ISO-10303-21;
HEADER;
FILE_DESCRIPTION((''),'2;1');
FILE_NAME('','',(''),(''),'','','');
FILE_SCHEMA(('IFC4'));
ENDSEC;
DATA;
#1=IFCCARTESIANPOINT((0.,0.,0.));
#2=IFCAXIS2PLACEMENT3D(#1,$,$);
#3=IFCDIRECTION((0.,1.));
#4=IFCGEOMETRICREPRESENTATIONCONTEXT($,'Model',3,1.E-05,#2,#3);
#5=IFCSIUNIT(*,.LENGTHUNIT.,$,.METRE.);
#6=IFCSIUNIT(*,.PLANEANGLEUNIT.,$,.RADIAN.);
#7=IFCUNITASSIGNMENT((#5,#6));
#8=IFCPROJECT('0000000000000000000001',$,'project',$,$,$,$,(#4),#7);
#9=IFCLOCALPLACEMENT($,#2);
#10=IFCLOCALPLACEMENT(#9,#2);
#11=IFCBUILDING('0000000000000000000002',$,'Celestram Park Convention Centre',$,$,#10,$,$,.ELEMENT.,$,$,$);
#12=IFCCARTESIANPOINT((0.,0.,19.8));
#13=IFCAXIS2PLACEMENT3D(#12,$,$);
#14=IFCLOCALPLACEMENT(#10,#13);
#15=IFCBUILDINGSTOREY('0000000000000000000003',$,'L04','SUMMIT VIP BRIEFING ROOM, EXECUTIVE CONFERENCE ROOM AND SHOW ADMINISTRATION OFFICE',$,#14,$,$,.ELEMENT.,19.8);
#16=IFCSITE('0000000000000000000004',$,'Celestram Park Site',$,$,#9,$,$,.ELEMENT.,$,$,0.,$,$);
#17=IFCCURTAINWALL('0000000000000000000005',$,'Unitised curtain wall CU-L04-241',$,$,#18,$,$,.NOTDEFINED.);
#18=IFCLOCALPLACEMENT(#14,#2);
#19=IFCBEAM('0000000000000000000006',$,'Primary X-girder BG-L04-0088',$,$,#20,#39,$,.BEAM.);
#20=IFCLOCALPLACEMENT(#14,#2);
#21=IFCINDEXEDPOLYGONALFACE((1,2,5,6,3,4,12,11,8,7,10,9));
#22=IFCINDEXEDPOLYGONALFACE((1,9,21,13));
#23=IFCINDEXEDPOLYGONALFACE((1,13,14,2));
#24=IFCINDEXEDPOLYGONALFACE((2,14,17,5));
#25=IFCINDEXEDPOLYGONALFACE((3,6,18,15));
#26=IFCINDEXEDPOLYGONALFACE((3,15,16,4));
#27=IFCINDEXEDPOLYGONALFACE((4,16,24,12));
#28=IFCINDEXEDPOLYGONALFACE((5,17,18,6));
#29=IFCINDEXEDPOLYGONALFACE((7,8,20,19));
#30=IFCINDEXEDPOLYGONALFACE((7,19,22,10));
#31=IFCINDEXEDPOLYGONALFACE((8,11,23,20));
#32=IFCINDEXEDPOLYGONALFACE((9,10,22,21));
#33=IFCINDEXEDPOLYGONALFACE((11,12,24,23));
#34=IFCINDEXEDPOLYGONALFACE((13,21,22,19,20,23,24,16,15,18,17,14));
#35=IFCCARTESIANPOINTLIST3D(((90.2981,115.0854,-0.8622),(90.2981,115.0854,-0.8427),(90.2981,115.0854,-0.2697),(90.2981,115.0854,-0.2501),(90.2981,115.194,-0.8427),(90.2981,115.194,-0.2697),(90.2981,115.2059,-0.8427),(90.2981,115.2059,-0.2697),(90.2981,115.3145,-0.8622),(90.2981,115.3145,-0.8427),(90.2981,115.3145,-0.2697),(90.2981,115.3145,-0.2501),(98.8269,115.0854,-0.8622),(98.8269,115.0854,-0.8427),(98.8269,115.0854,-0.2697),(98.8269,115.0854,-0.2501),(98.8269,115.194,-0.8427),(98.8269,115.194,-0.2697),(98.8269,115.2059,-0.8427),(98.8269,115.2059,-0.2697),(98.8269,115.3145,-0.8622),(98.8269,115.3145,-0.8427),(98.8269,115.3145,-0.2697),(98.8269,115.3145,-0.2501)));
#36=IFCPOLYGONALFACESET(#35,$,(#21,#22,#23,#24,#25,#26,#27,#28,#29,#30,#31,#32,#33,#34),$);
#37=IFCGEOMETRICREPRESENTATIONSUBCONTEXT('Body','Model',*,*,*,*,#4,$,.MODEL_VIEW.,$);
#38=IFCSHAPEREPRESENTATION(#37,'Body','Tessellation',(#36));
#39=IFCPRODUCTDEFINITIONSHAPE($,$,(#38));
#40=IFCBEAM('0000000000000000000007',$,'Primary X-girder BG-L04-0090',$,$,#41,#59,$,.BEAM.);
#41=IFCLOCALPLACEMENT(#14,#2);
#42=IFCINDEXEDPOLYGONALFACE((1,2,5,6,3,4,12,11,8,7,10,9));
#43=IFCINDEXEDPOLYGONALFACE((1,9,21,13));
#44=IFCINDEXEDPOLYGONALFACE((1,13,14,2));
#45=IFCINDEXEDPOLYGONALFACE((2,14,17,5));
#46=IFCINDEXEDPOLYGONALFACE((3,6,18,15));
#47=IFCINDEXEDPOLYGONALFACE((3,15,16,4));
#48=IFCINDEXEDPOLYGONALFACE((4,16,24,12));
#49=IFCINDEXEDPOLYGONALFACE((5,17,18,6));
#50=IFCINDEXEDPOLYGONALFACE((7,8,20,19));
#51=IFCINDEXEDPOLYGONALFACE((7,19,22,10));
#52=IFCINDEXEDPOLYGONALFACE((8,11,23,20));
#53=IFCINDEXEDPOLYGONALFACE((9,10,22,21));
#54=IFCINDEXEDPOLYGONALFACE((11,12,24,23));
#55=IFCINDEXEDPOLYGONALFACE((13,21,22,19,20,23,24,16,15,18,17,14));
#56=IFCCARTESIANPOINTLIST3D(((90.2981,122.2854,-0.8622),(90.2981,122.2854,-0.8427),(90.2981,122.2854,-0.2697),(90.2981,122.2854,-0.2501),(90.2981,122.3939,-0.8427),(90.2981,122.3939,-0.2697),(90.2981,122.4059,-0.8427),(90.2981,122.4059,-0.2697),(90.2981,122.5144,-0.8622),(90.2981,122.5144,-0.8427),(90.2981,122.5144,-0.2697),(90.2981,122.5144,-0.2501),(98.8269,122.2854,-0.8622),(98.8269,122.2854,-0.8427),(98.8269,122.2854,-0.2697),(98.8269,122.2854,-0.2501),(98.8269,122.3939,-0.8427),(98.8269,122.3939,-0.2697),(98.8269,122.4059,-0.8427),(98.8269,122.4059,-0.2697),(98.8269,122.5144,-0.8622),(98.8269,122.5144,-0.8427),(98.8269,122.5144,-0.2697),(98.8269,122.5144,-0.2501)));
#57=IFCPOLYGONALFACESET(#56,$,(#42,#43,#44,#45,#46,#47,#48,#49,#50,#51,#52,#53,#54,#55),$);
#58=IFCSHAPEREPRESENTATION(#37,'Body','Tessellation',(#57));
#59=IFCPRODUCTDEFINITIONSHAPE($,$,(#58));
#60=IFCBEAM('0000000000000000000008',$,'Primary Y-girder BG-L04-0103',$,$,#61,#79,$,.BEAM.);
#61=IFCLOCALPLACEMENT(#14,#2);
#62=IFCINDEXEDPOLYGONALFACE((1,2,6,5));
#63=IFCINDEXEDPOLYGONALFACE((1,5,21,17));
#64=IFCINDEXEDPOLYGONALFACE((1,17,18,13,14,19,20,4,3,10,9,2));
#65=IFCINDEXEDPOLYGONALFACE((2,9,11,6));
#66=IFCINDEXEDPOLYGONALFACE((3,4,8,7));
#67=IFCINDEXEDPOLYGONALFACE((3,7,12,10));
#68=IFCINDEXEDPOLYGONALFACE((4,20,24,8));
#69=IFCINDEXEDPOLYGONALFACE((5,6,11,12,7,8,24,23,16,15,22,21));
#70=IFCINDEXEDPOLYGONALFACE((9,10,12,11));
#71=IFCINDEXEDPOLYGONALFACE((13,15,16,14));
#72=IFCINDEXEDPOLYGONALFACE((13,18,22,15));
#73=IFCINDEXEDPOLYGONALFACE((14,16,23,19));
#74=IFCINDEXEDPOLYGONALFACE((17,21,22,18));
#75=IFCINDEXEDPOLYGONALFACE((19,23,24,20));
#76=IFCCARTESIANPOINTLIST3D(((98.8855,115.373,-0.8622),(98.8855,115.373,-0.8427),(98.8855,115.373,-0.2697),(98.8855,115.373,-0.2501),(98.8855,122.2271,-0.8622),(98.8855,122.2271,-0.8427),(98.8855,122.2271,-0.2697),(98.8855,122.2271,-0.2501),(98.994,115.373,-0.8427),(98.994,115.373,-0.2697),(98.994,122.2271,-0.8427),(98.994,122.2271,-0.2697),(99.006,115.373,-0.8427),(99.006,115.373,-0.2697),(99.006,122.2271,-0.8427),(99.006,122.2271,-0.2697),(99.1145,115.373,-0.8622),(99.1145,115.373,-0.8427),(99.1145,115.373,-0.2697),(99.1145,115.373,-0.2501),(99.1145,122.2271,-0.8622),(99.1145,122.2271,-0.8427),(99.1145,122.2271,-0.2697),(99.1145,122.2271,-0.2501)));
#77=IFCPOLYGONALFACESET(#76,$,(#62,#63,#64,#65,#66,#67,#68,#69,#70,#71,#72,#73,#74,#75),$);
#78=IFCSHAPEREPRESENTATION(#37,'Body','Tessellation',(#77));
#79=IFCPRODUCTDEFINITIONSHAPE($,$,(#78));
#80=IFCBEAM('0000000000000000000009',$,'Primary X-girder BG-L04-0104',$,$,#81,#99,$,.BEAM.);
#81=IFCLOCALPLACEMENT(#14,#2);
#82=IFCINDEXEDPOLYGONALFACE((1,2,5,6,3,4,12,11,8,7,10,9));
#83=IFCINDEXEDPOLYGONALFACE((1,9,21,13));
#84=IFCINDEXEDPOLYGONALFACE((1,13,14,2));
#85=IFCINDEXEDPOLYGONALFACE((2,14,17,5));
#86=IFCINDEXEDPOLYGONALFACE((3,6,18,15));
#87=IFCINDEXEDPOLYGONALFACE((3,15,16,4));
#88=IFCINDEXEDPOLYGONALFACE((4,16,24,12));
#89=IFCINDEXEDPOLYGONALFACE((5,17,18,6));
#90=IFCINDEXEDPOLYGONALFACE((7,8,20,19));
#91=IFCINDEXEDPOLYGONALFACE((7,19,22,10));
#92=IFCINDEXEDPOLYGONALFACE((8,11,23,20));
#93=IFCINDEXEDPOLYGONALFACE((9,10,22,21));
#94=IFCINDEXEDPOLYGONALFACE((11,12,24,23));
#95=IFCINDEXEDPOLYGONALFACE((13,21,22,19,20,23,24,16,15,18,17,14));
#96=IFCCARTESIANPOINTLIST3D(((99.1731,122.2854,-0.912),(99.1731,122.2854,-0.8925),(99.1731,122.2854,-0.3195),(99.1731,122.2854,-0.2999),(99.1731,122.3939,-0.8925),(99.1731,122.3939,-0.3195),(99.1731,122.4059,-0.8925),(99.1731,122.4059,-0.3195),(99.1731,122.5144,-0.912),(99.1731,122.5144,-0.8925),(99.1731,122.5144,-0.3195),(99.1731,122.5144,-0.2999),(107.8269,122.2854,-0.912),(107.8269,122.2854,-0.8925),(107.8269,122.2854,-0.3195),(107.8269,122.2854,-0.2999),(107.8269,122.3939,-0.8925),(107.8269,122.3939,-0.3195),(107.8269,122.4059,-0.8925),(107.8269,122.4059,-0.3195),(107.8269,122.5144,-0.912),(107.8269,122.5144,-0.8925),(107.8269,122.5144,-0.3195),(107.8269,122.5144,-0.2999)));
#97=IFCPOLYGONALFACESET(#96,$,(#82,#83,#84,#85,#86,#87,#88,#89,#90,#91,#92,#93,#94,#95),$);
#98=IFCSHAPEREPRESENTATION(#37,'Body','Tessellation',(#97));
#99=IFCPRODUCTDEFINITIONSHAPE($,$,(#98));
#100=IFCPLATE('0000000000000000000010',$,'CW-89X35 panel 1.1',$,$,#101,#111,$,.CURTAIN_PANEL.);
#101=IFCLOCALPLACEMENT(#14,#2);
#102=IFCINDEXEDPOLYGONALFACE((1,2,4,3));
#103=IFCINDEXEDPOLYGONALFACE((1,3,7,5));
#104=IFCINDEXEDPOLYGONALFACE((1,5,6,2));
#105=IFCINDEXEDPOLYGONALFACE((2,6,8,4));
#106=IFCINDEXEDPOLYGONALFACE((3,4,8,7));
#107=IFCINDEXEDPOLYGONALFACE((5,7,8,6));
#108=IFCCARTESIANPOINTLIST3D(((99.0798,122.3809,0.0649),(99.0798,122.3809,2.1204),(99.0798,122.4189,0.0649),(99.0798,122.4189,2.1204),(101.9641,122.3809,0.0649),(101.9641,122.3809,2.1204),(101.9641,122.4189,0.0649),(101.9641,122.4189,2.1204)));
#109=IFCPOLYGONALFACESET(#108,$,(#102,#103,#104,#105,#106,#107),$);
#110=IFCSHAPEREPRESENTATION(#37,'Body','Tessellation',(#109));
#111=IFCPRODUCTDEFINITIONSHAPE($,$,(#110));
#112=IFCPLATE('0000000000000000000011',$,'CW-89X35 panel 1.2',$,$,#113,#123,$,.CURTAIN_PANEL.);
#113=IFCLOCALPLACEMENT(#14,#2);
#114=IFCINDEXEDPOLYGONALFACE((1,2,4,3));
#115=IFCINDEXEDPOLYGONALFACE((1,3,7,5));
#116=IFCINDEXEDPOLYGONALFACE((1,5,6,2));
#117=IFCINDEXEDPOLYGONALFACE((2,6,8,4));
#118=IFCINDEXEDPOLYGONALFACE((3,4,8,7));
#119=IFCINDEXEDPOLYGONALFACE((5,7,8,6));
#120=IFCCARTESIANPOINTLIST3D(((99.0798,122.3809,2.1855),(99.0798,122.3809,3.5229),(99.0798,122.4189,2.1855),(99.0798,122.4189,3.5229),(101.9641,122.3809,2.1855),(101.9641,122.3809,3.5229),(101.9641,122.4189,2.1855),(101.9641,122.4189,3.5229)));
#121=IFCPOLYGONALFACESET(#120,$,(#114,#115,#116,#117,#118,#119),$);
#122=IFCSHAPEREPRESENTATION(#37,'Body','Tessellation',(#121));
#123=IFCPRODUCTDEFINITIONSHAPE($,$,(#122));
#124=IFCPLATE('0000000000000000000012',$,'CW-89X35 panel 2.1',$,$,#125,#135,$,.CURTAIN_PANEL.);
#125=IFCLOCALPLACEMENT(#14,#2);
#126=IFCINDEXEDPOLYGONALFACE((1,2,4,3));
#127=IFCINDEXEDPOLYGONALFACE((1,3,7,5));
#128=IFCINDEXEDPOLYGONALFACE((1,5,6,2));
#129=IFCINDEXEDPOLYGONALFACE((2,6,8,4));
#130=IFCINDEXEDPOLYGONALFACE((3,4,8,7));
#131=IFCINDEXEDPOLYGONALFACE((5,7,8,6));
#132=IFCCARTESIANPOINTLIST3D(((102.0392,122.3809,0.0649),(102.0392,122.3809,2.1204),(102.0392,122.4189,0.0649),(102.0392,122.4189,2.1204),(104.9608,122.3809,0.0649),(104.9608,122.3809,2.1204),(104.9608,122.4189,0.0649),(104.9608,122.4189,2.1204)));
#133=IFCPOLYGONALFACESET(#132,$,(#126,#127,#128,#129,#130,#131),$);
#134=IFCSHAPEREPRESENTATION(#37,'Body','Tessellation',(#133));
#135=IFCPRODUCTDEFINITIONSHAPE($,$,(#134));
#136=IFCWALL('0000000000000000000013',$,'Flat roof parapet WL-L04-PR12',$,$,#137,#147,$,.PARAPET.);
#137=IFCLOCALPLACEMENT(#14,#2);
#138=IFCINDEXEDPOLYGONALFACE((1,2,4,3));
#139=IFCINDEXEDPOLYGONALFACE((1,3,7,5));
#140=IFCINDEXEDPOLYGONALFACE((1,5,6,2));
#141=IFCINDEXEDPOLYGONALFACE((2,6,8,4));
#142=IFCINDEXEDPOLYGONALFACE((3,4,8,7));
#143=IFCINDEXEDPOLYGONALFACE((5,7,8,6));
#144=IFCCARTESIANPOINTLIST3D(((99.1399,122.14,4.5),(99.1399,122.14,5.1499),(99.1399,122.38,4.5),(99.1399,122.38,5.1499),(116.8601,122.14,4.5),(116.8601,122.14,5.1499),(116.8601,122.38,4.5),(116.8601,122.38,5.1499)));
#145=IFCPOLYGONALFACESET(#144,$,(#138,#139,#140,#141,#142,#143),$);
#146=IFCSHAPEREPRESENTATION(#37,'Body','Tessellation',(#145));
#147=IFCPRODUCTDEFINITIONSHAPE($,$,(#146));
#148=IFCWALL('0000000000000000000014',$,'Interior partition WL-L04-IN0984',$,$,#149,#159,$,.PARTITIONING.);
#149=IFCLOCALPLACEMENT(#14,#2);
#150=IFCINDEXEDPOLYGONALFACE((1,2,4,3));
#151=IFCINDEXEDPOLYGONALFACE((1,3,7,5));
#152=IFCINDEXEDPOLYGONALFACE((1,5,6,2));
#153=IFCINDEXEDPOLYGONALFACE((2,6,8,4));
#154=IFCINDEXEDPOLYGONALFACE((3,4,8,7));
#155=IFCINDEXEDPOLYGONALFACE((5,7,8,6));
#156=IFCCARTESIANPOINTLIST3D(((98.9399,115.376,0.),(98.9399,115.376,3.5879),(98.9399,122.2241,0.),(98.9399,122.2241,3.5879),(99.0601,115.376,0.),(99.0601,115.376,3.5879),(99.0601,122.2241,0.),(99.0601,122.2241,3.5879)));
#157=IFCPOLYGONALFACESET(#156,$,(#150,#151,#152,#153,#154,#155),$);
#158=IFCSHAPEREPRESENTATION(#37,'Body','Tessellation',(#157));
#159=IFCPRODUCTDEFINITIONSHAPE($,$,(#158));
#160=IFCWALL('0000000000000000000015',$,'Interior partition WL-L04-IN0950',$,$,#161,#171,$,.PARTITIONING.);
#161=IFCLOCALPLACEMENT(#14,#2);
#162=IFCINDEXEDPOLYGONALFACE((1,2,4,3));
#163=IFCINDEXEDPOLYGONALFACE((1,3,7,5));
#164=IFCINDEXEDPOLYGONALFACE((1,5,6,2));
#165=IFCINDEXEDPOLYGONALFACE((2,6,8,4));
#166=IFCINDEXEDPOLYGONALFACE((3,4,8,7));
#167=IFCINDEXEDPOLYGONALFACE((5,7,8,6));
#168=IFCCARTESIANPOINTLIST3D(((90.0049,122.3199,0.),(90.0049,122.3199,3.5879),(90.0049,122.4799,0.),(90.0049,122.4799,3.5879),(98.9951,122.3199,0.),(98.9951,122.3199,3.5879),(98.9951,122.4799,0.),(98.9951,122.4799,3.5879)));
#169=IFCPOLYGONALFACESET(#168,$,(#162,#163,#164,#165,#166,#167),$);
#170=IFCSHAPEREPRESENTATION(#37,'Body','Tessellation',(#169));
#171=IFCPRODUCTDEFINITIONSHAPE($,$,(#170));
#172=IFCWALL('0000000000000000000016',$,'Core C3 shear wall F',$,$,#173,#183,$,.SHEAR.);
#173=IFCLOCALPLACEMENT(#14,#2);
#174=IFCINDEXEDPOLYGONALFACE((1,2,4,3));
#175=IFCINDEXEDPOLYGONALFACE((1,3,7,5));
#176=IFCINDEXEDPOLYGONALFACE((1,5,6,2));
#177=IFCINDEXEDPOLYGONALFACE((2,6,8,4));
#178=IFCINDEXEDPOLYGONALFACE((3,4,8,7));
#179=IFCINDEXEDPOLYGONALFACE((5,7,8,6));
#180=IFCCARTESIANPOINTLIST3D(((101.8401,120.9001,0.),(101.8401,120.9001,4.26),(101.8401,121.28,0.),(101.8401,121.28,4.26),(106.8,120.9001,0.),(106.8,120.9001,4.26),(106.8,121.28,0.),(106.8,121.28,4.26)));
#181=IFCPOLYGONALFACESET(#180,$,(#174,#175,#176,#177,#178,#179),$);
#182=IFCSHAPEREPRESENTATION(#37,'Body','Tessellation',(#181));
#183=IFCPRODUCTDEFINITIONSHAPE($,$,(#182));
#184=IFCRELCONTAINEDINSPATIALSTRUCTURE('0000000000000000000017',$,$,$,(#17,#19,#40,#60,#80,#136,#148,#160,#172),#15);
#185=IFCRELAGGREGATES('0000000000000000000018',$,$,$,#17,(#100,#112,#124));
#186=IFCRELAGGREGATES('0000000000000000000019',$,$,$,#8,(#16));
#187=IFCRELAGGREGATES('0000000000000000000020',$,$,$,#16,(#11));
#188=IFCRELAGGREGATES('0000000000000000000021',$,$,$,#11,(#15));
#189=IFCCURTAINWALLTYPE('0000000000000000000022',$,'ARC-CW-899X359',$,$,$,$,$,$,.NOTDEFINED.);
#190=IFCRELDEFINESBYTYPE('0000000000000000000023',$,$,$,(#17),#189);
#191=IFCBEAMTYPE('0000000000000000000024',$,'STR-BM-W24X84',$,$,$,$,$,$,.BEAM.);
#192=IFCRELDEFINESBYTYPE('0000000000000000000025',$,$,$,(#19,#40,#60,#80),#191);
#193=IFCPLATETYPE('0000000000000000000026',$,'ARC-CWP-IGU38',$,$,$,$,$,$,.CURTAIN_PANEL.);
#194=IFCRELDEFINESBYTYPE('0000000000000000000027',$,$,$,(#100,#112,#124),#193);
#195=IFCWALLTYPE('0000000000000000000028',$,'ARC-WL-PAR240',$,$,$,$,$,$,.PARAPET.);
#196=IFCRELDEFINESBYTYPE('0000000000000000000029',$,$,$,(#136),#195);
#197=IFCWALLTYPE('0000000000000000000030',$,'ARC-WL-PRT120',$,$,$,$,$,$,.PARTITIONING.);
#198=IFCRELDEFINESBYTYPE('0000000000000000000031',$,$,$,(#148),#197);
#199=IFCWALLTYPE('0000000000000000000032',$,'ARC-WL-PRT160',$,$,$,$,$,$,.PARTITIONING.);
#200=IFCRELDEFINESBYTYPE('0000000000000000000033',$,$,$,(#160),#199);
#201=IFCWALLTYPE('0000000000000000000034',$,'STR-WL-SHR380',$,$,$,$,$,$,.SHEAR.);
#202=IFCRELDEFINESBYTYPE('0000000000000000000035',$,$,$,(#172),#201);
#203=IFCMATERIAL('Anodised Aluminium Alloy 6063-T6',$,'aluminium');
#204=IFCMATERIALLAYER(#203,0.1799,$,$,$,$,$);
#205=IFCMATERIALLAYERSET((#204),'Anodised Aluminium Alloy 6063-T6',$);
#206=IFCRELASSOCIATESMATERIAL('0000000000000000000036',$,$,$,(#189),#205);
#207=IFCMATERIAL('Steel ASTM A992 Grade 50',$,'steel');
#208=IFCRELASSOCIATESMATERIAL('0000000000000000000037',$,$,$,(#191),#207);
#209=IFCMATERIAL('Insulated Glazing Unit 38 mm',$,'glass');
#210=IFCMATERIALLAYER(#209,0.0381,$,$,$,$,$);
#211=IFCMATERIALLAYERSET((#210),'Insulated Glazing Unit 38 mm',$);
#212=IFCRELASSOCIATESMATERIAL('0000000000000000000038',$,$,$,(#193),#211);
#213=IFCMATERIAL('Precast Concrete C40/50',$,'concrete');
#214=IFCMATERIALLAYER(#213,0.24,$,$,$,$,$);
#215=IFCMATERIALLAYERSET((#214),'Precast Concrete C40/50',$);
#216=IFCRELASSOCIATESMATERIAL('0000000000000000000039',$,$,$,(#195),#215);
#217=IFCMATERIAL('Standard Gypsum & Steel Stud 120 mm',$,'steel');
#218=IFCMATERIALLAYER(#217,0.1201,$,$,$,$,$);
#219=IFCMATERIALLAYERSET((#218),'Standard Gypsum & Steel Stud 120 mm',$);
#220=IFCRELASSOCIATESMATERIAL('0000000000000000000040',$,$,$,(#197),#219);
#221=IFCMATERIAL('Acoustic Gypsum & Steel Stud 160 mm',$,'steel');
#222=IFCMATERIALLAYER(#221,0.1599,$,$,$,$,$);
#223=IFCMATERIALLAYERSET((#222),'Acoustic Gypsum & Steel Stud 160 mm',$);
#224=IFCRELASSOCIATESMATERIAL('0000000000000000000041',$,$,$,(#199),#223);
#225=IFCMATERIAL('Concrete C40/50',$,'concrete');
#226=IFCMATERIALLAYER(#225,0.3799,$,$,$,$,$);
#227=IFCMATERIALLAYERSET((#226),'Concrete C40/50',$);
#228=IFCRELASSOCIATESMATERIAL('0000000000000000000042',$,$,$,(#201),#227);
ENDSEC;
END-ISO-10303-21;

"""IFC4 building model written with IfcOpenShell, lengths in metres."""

from ifc_helpers import new_model, si_unit, direction, frame, frame_2d, origin, origin_2d, place, context, subcontext, project, spatial, rectangle, i_section, extrude, material, layer, layer_set, material_profile, profile_set, type_object, element, aggregate, save


model = new_model("IFC4")

# Units and contexts
model_context = context("Model", 3, precision=1e-05, world=origin(), true_north=direction((0.0, 1.0)))
body_context = subcontext(model_context, "Body", "Model", "MODEL_VIEW")
ifc_project = project(units=[si_unit("LENGTHUNIT", "METRE"), si_unit("PLANEANGLEUNIT", "RADIAN")], contexts=[model_context])

# Site, building, storey
site_placement = place(None, origin())
site = spatial("IfcSite", under=ifc_project, at=site_placement, Name="Celestram Park Site", CompositionType="ELEMENT", RefElevation=0.0)
building_placement = place(site_placement, origin())
building = spatial("IfcBuilding", under=site, at=building_placement, Name="Celestram Park Convention Centre", CompositionType="ELEMENT")
storey_placement = place(building_placement, frame((0.0, 0.0, 19.8)))
storey = spatial("IfcBuildingStorey", under=building, at=storey_placement, Name="L04", Description="SUMMIT VIP BRIEFING ROOM, EXECUTIVE CONFERENCE ROOM AND SHOW ADMINISTRATION OFFICE", CompositionType="ELEMENT", Elevation=19.8)

# Shared definitions
ifc_material_1 = material(Name="Steel ASTM A992 Grade 50", Category="steel")

# Curtain wall
ifc_material_2 = material(Name="Anodised Aluminium Alloy 6063-T6", Category="aluminium")
ifc_layer_1 = layer(ifc_material_2, 0.1799)
ifc_layer_set_1 = layer_set([ifc_layer_1], Name="Anodised Aluminium Alloy 6063-T6")
curtain_wall_type = type_object("IfcCurtainWallType", Name="ARC-CW-899X359", PredefinedType="NOTDEFINED", material=ifc_layer_set_1)
curtain_wall_placement = place(storey_placement, origin())
curtain_wall = element("IfcCurtainWall", 1, at=curtain_wall_placement, inside=storey, type_object=curtain_wall_type, Name="Unitised curtain wall CU-L04-241", PredefinedType="NOTDEFINED")

# Beams
ifc_material_profile_1 = material_profile(ifc_material_1, i_section(OverallWidth=0.229, OverallDepth=0.6121, WebThickness=0.012, FlangeThickness=0.0195, at=origin_2d()), Name="W24X84")
ifc_profile_set_1 = profile_set([ifc_material_profile_1], Name="Steel ASTM A992 Grade 50")
beam_type = type_object("IfcBeamType", Name="STR-BM-W24X84", PredefinedType="BEAM", material=ifc_profile_set_1)
for number, where, z_axis, x_axis, name in (
    (2, (90.2981, 115.2, -0.5562), (1.0, 0.0, 0.0), (0.0, 1.0, 0.0), "Primary X-girder BG-L04-0088"),
    (3, (90.2981, 122.3999, -0.5562), (1.0, 0.0, 0.0), (0.0, 1.0, 0.0), "Primary X-girder BG-L04-0090"),
):
    element("IfcBeam", number, at=place(storey_placement, frame(where, z_axis=z_axis, x_axis=x_axis)), inside=storey, type_object=beam_type, Name=name, PredefinedType="BEAM", context=body_context, shape_type="SweptSolid", body=[
        extrude(i_section(OverallWidth=0.229, OverallDepth=0.6121, WebThickness=0.012, FlangeThickness=0.0195, at=origin_2d()), origin(), (0.0, 0.0, 1.0), 8.5288),
    ])
beam_1_placement = place(storey_placement, frame((99.0, 115.373, -0.5562), z_axis=(0.0, 1.0, 0.0), x_axis=(-1.0, 0.0, 0.0)))
element("IfcBeam", 4, at=beam_1_placement, inside=storey, type_object=beam_type, Name="Primary Y-girder BG-L04-0103", PredefinedType="BEAM", context=body_context, shape_type="SweptSolid", body=[
    extrude(i_section(OverallWidth=0.229, OverallDepth=0.6121, WebThickness=0.012, FlangeThickness=0.0195, at=origin_2d()), origin(), (0.0, 0.0, 1.0), 6.854),
])
beam_2_placement = place(storey_placement, frame((99.1731, 122.3999, -0.606), z_axis=(1.0, 0.0, 0.0), x_axis=(0.0, 1.0, 0.0)))
element("IfcBeam", 5, at=beam_2_placement, inside=storey, type_object=beam_type, Name="Primary X-girder BG-L04-0104", PredefinedType="BEAM", context=body_context, shape_type="SweptSolid", body=[
    extrude(i_section(OverallWidth=0.229, OverallDepth=0.6121, WebThickness=0.012, FlangeThickness=0.0195, at=origin_2d()), origin(), (0.0, 0.0, 1.0), 8.6538),
])

# Plates
ifc_material_3 = material(Name="Insulated Glazing Unit 38 mm", Category="glass")
ifc_layer_2 = layer(ifc_material_3, 0.0381)
ifc_layer_set_2 = layer_set([ifc_layer_2], Name="Insulated Glazing Unit 38 mm")
plate_type = type_object("IfcPlateType", Name="ARC-CWP-IGU38", PredefinedType="CURTAIN_PANEL", material=ifc_layer_set_2)
plate_1_placement = place(storey_placement, frame((100.522, 122.3999, 0.0649), z_axis=(0.0, 0.0, 1.0), x_axis=(1.0, 0.0, 0.0)))
plate_1 = element("IfcPlate", 6, at=plate_1_placement, type_object=plate_type, Name="CW-89X35 panel 1.1", PredefinedType="CURTAIN_PANEL", context=body_context, shape_type="SweptSolid", body=[
    extrude(rectangle(XDim=2.8843, YDim=0.0381, at=origin_2d()), origin(), (0.0, 0.0, 1.0), 2.0554),
])
plate_2_placement = place(storey_placement, frame((100.522, 122.3999, 2.1855), z_axis=(0.0, 0.0, 1.0), x_axis=(1.0, 0.0, 0.0)))
plate_2 = element("IfcPlate", 7, at=plate_2_placement, type_object=plate_type, Name="CW-89X35 panel 1.2", PredefinedType="CURTAIN_PANEL", context=body_context, shape_type="SweptSolid", body=[
    extrude(rectangle(XDim=2.8843, YDim=0.0381, at=origin_2d()), origin(), (0.0, 0.0, 1.0), 1.3374),
])
plate_3_placement = place(storey_placement, frame((103.5, 122.3999, 0.0649), z_axis=(0.0, 0.0, 1.0), x_axis=(1.0, 0.0, 0.0)))
plate_3 = element("IfcPlate", 8, at=plate_3_placement, type_object=plate_type, Name="CW-89X35 panel 2.1", PredefinedType="CURTAIN_PANEL", context=body_context, shape_type="SweptSolid", body=[
    extrude(rectangle(XDim=2.9216, YDim=0.0381, at=origin_2d()), origin(), (0.0, 0.0, 1.0), 2.0554),
])
aggregate(curtain_wall, [plate_1, plate_2, plate_3])

# Walls
ifc_material_4 = material(Name="Precast Concrete C40/50", Category="concrete")
ifc_layer_3 = layer(ifc_material_4, 0.24)
ifc_layer_set_3 = layer_set([ifc_layer_3], Name="Precast Concrete C40/50")
wall_type_1 = type_object("IfcWallType", Name="ARC-WL-PAR240", PredefinedType="PARAPET", material=ifc_layer_set_3)
wall_1_placement = place(storey_placement, frame((99.1399, 122.26, 4.5), z_axis=(0.0, 0.0, 1.0), x_axis=(1.0, 0.0, 0.0)))
element("IfcWall", 9, at=wall_1_placement, inside=storey, type_object=wall_type_1, Name="Flat roof parapet WL-L04-PR12", PredefinedType="PARAPET", context=body_context, shape_type="SweptSolid", body=[
    extrude(rectangle(XDim=17.7202, YDim=0.24, at=frame_2d((8.8601, 0.0))), origin(), (0.0, 0.0, 1.0), 0.6499),
])
ifc_material_5 = material(Name="Standard Gypsum & Steel Stud 120 mm", Category="steel")
ifc_layer_4 = layer(ifc_material_5, 0.1201)
ifc_layer_set_4 = layer_set([ifc_layer_4], Name="Standard Gypsum & Steel Stud 120 mm")
wall_type_2 = type_object("IfcWallType", Name="ARC-WL-PRT120", PredefinedType="PARTITIONING", material=ifc_layer_set_4)
wall_2_placement = place(storey_placement, frame((99.0, 115.376, 0.0), z_axis=(0.0, 0.0, 1.0), x_axis=(0.0, 1.0, 0.0)))
element("IfcWall", 10, at=wall_2_placement, inside=storey, type_object=wall_type_2, Name="Interior partition WL-L04-IN0984", PredefinedType="PARTITIONING", context=body_context, shape_type="SweptSolid", body=[
    extrude(rectangle(XDim=6.8481, YDim=0.1201, at=frame_2d((3.4241, 0.0))), origin(), (0.0, 0.0, 1.0), 3.5879),
])
ifc_material_6 = material(Name="Acoustic Gypsum & Steel Stud 160 mm", Category="steel")
ifc_layer_5 = layer(ifc_material_6, 0.1599)
ifc_layer_set_5 = layer_set([ifc_layer_5], Name="Acoustic Gypsum & Steel Stud 160 mm")
wall_type_3 = type_object("IfcWallType", Name="ARC-WL-PRT160", PredefinedType="PARTITIONING", material=ifc_layer_set_5)
wall_3_placement = place(storey_placement, frame((90.0049, 122.3999, 0.0), z_axis=(0.0, 0.0, 1.0), x_axis=(1.0, 0.0, 0.0)))
element("IfcWall", 11, at=wall_3_placement, inside=storey, type_object=wall_type_3, Name="Interior partition WL-L04-IN0950", PredefinedType="PARTITIONING", context=body_context, shape_type="SweptSolid", body=[
    extrude(rectangle(XDim=8.9902, YDim=0.1599, at=frame_2d((4.4951, 0.0))), origin(), (0.0, 0.0, 1.0), 3.5879),
])
ifc_material_7 = material(Name="Concrete C40/50", Category="concrete")
ifc_layer_6 = layer(ifc_material_7, 0.3799)
ifc_layer_set_6 = layer_set([ifc_layer_6], Name="Concrete C40/50")
wall_type_4 = type_object("IfcWallType", Name="STR-WL-SHR380", PredefinedType="SHEAR", material=ifc_layer_set_6)
wall_4_placement = place(storey_placement, frame((101.8401, 121.0901, 0.0), z_axis=(0.0, 0.0, 1.0), x_axis=(1.0, 0.0, 0.0)))
element("IfcWall", 12, at=wall_4_placement, inside=storey, type_object=wall_type_4, Name="Core C3 shear wall F", PredefinedType="SHEAR", context=body_context, shape_type="SweptSolid", body=[
    extrude(rectangle(XDim=4.96, YDim=0.3799, at=frame_2d((2.48, 0.0))), origin(), (0.0, 0.0, 1.0), 4.26),
])

save(model, "model.ifc")
